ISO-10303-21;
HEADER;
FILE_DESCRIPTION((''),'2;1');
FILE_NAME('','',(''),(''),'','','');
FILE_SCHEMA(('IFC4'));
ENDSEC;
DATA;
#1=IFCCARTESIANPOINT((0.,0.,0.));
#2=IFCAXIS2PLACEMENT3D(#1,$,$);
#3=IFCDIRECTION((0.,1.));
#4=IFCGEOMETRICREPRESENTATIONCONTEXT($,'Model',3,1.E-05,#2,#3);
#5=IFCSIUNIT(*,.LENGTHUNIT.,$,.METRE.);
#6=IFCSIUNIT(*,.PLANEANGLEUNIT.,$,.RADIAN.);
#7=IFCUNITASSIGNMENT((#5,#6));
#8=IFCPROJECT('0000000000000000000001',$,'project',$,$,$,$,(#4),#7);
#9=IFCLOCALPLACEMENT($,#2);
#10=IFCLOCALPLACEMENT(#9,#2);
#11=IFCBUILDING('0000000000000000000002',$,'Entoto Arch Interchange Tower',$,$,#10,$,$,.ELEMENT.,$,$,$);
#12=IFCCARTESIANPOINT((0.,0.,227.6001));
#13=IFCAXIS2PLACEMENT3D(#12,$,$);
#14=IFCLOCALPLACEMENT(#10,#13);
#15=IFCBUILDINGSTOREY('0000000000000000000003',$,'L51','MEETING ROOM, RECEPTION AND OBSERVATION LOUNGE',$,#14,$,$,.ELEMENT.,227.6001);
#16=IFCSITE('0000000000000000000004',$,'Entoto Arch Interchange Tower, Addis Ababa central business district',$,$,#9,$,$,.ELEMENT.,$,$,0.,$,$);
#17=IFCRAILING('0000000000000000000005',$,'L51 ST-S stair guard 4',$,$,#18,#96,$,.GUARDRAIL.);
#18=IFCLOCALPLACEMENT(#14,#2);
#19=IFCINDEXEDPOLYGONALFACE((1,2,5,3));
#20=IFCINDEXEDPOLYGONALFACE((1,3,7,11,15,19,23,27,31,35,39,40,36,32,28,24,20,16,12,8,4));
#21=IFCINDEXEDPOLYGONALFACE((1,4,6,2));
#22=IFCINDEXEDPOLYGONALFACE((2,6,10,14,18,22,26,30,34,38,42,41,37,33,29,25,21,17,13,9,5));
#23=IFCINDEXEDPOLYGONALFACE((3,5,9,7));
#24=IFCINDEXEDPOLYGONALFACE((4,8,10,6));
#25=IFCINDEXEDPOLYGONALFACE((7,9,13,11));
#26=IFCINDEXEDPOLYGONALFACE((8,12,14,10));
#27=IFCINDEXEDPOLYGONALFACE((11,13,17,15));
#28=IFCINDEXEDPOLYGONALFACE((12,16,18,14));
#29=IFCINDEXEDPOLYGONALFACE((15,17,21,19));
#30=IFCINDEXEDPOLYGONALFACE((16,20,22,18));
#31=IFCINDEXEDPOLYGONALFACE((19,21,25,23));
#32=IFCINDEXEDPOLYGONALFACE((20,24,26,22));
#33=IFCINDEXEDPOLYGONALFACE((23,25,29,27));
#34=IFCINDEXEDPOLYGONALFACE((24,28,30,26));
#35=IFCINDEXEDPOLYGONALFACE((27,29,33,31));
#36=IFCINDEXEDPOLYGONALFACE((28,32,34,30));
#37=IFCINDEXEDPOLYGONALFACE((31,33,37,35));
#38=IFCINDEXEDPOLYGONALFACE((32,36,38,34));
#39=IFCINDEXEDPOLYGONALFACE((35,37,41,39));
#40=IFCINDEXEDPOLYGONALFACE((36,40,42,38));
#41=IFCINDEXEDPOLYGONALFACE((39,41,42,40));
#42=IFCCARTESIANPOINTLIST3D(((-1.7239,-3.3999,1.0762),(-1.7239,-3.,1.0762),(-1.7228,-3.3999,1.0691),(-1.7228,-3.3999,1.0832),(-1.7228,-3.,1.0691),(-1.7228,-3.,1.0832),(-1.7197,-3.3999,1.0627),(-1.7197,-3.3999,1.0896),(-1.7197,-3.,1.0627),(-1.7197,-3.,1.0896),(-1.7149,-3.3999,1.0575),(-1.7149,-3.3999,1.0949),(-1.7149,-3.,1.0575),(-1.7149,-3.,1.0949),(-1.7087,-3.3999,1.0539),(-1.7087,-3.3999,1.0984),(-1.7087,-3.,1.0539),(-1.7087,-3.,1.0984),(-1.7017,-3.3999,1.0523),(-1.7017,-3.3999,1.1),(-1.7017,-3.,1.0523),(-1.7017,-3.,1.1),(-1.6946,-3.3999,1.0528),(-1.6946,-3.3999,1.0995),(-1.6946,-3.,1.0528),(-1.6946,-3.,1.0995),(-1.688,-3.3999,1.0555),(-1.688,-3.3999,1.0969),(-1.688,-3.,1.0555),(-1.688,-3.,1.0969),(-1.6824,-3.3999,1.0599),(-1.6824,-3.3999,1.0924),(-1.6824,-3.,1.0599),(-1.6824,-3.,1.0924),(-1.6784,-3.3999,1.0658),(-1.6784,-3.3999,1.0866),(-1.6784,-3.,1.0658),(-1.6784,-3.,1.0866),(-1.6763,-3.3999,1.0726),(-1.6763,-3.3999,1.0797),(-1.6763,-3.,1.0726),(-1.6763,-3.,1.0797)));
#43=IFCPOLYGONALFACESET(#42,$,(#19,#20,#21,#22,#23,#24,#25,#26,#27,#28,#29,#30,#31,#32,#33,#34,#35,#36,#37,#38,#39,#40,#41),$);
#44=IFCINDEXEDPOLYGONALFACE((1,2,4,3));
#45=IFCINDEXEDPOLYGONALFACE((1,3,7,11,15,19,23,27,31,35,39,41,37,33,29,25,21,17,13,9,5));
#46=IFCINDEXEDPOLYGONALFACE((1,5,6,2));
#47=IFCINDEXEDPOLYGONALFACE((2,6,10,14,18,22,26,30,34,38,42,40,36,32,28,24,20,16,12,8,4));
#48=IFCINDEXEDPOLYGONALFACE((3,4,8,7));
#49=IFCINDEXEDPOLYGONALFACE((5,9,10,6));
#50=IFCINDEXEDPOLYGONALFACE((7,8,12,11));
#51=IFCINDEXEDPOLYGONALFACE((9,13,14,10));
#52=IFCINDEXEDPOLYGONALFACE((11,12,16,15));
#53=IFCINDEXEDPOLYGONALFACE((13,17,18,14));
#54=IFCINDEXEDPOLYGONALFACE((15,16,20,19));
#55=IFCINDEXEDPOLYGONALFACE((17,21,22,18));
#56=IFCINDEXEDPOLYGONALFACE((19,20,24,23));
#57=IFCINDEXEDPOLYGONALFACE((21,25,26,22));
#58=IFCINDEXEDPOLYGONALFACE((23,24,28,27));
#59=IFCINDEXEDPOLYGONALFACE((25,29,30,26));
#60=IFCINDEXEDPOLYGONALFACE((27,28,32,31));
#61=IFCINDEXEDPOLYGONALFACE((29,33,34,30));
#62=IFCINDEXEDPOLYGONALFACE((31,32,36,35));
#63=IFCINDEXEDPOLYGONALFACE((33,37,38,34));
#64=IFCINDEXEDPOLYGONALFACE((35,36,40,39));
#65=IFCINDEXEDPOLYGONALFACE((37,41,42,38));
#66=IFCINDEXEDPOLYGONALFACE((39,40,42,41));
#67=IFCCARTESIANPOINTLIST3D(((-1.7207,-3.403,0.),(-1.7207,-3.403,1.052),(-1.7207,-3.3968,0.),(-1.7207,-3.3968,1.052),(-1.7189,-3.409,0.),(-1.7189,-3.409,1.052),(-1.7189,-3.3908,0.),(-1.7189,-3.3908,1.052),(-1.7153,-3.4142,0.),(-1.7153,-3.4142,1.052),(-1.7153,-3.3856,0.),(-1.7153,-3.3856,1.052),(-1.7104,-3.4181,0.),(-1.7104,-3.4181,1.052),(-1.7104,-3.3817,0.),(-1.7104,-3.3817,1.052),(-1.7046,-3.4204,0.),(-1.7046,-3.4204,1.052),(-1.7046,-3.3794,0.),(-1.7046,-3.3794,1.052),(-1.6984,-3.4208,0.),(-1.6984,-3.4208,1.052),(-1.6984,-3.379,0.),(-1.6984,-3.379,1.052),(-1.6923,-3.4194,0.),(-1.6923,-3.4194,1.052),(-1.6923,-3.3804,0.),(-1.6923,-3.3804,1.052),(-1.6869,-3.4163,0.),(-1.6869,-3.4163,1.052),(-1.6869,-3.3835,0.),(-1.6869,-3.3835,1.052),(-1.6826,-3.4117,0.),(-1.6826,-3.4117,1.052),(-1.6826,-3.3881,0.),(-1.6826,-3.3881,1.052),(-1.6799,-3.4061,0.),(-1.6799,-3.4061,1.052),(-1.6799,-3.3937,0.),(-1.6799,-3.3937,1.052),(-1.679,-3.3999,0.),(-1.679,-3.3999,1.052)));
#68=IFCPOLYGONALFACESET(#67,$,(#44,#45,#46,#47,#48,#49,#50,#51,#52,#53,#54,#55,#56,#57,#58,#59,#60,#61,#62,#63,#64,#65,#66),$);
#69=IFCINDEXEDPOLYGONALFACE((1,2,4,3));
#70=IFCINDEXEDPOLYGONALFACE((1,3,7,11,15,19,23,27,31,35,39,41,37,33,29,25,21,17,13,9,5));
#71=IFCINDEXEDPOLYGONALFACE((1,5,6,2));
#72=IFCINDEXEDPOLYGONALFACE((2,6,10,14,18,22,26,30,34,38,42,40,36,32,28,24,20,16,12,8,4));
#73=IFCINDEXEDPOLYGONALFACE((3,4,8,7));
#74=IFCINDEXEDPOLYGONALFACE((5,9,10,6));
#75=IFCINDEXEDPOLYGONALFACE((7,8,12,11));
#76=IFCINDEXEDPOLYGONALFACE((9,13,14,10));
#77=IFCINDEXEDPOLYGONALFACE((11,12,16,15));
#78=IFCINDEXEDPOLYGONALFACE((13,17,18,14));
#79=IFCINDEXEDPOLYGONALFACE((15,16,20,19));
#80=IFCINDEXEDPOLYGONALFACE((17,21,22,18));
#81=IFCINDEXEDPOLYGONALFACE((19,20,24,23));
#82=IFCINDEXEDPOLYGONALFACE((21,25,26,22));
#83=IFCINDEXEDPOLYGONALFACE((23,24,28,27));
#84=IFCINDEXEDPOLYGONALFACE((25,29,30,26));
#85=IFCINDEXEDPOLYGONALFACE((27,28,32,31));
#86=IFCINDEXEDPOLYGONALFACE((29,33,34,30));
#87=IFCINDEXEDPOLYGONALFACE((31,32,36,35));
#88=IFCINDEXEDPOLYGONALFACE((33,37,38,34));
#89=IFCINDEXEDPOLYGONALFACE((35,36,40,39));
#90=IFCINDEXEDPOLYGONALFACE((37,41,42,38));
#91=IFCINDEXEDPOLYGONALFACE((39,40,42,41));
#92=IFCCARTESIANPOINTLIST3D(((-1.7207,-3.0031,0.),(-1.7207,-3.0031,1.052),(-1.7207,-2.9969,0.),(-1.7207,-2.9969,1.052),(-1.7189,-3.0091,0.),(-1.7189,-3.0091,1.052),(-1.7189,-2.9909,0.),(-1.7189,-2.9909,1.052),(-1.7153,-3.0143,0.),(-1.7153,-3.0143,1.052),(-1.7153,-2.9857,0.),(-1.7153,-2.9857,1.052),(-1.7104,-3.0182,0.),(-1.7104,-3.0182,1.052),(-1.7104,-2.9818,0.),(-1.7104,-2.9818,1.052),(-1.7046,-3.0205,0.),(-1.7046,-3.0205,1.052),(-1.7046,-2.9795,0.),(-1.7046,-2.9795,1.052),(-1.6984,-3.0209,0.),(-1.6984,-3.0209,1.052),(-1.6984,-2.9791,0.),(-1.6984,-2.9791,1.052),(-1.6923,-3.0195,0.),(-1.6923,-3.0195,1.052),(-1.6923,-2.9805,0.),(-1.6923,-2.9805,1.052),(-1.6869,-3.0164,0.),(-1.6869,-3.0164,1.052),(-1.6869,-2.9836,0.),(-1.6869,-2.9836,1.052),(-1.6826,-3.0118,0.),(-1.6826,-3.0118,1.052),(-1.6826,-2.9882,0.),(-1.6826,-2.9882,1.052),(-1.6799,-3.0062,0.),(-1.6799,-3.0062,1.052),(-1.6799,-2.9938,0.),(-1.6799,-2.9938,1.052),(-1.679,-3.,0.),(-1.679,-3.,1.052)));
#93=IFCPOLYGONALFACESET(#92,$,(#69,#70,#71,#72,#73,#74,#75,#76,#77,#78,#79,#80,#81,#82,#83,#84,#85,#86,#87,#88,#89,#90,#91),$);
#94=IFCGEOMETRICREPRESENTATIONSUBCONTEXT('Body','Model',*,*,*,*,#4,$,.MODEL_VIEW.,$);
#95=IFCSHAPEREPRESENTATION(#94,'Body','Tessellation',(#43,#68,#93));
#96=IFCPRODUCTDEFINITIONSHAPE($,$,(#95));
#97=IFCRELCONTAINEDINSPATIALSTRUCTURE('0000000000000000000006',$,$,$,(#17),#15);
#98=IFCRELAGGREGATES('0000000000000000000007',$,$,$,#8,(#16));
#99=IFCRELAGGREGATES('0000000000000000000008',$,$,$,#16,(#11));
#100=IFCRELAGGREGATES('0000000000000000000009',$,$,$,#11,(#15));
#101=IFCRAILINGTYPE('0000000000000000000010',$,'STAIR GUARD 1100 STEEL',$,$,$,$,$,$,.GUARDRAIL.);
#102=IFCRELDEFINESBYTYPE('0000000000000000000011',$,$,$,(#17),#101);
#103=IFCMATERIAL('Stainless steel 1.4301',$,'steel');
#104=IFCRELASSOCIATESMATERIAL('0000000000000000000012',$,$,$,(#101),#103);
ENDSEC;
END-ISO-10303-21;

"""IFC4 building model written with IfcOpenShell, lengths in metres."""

from ifc_helpers import new_model, si_unit, direction, frame, origin, origin_2d, place, context, subcontext, project, spatial, circle, extrude, material, type_object, element, save


model = new_model("IFC4")

# Units and contexts
model_context = context("Model", 3, precision=1e-05, world=origin(), true_north=direction((0.0, 1.0)))
body_context = subcontext(model_context, "Body", "Model", "MODEL_VIEW")
ifc_project = project(units=[si_unit("LENGTHUNIT", "METRE"), si_unit("PLANEANGLEUNIT", "RADIAN")], contexts=[model_context])

# Site, building, storey
site_placement = place(None, origin())
site = spatial("IfcSite", under=ifc_project, at=site_placement, Name="Entoto Arch Interchange Tower, Addis Ababa central business district", CompositionType="ELEMENT", RefElevation=0.0)
building_placement = place(site_placement, origin())
building = spatial("IfcBuilding", under=site, at=building_placement, Name="Entoto Arch Interchange Tower", CompositionType="ELEMENT")
storey_placement = place(building_placement, frame((0.0, 0.0, 227.6001)))
storey = spatial("IfcBuildingStorey", under=building, at=storey_placement, Name="L51", Description="MEETING ROOM, RECEPTION AND OBSERVATION LOUNGE", CompositionType="ELEMENT", Elevation=227.6001)

# Railing
ifc_material_1 = material(Name="Stainless steel 1.4301", Category="steel")
railing_type = type_object("IfcRailingType", Name="STAIR GUARD 1100 STEEL", PredefinedType="GUARDRAIL", material=ifc_material_1)
railing_1_placement = place(storey_placement, frame((-1.7, -3.3999, 0.0)))
element("IfcRailing", 1, at=railing_1_placement, inside=storey, type_object=railing_type, Name="L51 ST-S stair guard 4", PredefinedType="GUARDRAIL", context=body_context, shape_type="SweptSolid", body=[
    extrude(circle(Radius=0.0239, at=origin_2d()), frame((0.0, 0.0, 1.0762), z_axis=(0.0, 1.0, 0.0), x_axis=(-1.0, 0.0, 0.0)), (0.0, 0.0, 1.0), 0.3999),
    extrude(circle(Radius=0.021, at=origin_2d()), origin(), (0.0, 0.0, 1.0), 1.052),
    extrude(circle(Radius=0.021, at=origin_2d()), frame((0.0, 0.3999, 0.0)), (0.0, 0.0, 1.0), 1.052),
])

save(model, "model.ifc")
